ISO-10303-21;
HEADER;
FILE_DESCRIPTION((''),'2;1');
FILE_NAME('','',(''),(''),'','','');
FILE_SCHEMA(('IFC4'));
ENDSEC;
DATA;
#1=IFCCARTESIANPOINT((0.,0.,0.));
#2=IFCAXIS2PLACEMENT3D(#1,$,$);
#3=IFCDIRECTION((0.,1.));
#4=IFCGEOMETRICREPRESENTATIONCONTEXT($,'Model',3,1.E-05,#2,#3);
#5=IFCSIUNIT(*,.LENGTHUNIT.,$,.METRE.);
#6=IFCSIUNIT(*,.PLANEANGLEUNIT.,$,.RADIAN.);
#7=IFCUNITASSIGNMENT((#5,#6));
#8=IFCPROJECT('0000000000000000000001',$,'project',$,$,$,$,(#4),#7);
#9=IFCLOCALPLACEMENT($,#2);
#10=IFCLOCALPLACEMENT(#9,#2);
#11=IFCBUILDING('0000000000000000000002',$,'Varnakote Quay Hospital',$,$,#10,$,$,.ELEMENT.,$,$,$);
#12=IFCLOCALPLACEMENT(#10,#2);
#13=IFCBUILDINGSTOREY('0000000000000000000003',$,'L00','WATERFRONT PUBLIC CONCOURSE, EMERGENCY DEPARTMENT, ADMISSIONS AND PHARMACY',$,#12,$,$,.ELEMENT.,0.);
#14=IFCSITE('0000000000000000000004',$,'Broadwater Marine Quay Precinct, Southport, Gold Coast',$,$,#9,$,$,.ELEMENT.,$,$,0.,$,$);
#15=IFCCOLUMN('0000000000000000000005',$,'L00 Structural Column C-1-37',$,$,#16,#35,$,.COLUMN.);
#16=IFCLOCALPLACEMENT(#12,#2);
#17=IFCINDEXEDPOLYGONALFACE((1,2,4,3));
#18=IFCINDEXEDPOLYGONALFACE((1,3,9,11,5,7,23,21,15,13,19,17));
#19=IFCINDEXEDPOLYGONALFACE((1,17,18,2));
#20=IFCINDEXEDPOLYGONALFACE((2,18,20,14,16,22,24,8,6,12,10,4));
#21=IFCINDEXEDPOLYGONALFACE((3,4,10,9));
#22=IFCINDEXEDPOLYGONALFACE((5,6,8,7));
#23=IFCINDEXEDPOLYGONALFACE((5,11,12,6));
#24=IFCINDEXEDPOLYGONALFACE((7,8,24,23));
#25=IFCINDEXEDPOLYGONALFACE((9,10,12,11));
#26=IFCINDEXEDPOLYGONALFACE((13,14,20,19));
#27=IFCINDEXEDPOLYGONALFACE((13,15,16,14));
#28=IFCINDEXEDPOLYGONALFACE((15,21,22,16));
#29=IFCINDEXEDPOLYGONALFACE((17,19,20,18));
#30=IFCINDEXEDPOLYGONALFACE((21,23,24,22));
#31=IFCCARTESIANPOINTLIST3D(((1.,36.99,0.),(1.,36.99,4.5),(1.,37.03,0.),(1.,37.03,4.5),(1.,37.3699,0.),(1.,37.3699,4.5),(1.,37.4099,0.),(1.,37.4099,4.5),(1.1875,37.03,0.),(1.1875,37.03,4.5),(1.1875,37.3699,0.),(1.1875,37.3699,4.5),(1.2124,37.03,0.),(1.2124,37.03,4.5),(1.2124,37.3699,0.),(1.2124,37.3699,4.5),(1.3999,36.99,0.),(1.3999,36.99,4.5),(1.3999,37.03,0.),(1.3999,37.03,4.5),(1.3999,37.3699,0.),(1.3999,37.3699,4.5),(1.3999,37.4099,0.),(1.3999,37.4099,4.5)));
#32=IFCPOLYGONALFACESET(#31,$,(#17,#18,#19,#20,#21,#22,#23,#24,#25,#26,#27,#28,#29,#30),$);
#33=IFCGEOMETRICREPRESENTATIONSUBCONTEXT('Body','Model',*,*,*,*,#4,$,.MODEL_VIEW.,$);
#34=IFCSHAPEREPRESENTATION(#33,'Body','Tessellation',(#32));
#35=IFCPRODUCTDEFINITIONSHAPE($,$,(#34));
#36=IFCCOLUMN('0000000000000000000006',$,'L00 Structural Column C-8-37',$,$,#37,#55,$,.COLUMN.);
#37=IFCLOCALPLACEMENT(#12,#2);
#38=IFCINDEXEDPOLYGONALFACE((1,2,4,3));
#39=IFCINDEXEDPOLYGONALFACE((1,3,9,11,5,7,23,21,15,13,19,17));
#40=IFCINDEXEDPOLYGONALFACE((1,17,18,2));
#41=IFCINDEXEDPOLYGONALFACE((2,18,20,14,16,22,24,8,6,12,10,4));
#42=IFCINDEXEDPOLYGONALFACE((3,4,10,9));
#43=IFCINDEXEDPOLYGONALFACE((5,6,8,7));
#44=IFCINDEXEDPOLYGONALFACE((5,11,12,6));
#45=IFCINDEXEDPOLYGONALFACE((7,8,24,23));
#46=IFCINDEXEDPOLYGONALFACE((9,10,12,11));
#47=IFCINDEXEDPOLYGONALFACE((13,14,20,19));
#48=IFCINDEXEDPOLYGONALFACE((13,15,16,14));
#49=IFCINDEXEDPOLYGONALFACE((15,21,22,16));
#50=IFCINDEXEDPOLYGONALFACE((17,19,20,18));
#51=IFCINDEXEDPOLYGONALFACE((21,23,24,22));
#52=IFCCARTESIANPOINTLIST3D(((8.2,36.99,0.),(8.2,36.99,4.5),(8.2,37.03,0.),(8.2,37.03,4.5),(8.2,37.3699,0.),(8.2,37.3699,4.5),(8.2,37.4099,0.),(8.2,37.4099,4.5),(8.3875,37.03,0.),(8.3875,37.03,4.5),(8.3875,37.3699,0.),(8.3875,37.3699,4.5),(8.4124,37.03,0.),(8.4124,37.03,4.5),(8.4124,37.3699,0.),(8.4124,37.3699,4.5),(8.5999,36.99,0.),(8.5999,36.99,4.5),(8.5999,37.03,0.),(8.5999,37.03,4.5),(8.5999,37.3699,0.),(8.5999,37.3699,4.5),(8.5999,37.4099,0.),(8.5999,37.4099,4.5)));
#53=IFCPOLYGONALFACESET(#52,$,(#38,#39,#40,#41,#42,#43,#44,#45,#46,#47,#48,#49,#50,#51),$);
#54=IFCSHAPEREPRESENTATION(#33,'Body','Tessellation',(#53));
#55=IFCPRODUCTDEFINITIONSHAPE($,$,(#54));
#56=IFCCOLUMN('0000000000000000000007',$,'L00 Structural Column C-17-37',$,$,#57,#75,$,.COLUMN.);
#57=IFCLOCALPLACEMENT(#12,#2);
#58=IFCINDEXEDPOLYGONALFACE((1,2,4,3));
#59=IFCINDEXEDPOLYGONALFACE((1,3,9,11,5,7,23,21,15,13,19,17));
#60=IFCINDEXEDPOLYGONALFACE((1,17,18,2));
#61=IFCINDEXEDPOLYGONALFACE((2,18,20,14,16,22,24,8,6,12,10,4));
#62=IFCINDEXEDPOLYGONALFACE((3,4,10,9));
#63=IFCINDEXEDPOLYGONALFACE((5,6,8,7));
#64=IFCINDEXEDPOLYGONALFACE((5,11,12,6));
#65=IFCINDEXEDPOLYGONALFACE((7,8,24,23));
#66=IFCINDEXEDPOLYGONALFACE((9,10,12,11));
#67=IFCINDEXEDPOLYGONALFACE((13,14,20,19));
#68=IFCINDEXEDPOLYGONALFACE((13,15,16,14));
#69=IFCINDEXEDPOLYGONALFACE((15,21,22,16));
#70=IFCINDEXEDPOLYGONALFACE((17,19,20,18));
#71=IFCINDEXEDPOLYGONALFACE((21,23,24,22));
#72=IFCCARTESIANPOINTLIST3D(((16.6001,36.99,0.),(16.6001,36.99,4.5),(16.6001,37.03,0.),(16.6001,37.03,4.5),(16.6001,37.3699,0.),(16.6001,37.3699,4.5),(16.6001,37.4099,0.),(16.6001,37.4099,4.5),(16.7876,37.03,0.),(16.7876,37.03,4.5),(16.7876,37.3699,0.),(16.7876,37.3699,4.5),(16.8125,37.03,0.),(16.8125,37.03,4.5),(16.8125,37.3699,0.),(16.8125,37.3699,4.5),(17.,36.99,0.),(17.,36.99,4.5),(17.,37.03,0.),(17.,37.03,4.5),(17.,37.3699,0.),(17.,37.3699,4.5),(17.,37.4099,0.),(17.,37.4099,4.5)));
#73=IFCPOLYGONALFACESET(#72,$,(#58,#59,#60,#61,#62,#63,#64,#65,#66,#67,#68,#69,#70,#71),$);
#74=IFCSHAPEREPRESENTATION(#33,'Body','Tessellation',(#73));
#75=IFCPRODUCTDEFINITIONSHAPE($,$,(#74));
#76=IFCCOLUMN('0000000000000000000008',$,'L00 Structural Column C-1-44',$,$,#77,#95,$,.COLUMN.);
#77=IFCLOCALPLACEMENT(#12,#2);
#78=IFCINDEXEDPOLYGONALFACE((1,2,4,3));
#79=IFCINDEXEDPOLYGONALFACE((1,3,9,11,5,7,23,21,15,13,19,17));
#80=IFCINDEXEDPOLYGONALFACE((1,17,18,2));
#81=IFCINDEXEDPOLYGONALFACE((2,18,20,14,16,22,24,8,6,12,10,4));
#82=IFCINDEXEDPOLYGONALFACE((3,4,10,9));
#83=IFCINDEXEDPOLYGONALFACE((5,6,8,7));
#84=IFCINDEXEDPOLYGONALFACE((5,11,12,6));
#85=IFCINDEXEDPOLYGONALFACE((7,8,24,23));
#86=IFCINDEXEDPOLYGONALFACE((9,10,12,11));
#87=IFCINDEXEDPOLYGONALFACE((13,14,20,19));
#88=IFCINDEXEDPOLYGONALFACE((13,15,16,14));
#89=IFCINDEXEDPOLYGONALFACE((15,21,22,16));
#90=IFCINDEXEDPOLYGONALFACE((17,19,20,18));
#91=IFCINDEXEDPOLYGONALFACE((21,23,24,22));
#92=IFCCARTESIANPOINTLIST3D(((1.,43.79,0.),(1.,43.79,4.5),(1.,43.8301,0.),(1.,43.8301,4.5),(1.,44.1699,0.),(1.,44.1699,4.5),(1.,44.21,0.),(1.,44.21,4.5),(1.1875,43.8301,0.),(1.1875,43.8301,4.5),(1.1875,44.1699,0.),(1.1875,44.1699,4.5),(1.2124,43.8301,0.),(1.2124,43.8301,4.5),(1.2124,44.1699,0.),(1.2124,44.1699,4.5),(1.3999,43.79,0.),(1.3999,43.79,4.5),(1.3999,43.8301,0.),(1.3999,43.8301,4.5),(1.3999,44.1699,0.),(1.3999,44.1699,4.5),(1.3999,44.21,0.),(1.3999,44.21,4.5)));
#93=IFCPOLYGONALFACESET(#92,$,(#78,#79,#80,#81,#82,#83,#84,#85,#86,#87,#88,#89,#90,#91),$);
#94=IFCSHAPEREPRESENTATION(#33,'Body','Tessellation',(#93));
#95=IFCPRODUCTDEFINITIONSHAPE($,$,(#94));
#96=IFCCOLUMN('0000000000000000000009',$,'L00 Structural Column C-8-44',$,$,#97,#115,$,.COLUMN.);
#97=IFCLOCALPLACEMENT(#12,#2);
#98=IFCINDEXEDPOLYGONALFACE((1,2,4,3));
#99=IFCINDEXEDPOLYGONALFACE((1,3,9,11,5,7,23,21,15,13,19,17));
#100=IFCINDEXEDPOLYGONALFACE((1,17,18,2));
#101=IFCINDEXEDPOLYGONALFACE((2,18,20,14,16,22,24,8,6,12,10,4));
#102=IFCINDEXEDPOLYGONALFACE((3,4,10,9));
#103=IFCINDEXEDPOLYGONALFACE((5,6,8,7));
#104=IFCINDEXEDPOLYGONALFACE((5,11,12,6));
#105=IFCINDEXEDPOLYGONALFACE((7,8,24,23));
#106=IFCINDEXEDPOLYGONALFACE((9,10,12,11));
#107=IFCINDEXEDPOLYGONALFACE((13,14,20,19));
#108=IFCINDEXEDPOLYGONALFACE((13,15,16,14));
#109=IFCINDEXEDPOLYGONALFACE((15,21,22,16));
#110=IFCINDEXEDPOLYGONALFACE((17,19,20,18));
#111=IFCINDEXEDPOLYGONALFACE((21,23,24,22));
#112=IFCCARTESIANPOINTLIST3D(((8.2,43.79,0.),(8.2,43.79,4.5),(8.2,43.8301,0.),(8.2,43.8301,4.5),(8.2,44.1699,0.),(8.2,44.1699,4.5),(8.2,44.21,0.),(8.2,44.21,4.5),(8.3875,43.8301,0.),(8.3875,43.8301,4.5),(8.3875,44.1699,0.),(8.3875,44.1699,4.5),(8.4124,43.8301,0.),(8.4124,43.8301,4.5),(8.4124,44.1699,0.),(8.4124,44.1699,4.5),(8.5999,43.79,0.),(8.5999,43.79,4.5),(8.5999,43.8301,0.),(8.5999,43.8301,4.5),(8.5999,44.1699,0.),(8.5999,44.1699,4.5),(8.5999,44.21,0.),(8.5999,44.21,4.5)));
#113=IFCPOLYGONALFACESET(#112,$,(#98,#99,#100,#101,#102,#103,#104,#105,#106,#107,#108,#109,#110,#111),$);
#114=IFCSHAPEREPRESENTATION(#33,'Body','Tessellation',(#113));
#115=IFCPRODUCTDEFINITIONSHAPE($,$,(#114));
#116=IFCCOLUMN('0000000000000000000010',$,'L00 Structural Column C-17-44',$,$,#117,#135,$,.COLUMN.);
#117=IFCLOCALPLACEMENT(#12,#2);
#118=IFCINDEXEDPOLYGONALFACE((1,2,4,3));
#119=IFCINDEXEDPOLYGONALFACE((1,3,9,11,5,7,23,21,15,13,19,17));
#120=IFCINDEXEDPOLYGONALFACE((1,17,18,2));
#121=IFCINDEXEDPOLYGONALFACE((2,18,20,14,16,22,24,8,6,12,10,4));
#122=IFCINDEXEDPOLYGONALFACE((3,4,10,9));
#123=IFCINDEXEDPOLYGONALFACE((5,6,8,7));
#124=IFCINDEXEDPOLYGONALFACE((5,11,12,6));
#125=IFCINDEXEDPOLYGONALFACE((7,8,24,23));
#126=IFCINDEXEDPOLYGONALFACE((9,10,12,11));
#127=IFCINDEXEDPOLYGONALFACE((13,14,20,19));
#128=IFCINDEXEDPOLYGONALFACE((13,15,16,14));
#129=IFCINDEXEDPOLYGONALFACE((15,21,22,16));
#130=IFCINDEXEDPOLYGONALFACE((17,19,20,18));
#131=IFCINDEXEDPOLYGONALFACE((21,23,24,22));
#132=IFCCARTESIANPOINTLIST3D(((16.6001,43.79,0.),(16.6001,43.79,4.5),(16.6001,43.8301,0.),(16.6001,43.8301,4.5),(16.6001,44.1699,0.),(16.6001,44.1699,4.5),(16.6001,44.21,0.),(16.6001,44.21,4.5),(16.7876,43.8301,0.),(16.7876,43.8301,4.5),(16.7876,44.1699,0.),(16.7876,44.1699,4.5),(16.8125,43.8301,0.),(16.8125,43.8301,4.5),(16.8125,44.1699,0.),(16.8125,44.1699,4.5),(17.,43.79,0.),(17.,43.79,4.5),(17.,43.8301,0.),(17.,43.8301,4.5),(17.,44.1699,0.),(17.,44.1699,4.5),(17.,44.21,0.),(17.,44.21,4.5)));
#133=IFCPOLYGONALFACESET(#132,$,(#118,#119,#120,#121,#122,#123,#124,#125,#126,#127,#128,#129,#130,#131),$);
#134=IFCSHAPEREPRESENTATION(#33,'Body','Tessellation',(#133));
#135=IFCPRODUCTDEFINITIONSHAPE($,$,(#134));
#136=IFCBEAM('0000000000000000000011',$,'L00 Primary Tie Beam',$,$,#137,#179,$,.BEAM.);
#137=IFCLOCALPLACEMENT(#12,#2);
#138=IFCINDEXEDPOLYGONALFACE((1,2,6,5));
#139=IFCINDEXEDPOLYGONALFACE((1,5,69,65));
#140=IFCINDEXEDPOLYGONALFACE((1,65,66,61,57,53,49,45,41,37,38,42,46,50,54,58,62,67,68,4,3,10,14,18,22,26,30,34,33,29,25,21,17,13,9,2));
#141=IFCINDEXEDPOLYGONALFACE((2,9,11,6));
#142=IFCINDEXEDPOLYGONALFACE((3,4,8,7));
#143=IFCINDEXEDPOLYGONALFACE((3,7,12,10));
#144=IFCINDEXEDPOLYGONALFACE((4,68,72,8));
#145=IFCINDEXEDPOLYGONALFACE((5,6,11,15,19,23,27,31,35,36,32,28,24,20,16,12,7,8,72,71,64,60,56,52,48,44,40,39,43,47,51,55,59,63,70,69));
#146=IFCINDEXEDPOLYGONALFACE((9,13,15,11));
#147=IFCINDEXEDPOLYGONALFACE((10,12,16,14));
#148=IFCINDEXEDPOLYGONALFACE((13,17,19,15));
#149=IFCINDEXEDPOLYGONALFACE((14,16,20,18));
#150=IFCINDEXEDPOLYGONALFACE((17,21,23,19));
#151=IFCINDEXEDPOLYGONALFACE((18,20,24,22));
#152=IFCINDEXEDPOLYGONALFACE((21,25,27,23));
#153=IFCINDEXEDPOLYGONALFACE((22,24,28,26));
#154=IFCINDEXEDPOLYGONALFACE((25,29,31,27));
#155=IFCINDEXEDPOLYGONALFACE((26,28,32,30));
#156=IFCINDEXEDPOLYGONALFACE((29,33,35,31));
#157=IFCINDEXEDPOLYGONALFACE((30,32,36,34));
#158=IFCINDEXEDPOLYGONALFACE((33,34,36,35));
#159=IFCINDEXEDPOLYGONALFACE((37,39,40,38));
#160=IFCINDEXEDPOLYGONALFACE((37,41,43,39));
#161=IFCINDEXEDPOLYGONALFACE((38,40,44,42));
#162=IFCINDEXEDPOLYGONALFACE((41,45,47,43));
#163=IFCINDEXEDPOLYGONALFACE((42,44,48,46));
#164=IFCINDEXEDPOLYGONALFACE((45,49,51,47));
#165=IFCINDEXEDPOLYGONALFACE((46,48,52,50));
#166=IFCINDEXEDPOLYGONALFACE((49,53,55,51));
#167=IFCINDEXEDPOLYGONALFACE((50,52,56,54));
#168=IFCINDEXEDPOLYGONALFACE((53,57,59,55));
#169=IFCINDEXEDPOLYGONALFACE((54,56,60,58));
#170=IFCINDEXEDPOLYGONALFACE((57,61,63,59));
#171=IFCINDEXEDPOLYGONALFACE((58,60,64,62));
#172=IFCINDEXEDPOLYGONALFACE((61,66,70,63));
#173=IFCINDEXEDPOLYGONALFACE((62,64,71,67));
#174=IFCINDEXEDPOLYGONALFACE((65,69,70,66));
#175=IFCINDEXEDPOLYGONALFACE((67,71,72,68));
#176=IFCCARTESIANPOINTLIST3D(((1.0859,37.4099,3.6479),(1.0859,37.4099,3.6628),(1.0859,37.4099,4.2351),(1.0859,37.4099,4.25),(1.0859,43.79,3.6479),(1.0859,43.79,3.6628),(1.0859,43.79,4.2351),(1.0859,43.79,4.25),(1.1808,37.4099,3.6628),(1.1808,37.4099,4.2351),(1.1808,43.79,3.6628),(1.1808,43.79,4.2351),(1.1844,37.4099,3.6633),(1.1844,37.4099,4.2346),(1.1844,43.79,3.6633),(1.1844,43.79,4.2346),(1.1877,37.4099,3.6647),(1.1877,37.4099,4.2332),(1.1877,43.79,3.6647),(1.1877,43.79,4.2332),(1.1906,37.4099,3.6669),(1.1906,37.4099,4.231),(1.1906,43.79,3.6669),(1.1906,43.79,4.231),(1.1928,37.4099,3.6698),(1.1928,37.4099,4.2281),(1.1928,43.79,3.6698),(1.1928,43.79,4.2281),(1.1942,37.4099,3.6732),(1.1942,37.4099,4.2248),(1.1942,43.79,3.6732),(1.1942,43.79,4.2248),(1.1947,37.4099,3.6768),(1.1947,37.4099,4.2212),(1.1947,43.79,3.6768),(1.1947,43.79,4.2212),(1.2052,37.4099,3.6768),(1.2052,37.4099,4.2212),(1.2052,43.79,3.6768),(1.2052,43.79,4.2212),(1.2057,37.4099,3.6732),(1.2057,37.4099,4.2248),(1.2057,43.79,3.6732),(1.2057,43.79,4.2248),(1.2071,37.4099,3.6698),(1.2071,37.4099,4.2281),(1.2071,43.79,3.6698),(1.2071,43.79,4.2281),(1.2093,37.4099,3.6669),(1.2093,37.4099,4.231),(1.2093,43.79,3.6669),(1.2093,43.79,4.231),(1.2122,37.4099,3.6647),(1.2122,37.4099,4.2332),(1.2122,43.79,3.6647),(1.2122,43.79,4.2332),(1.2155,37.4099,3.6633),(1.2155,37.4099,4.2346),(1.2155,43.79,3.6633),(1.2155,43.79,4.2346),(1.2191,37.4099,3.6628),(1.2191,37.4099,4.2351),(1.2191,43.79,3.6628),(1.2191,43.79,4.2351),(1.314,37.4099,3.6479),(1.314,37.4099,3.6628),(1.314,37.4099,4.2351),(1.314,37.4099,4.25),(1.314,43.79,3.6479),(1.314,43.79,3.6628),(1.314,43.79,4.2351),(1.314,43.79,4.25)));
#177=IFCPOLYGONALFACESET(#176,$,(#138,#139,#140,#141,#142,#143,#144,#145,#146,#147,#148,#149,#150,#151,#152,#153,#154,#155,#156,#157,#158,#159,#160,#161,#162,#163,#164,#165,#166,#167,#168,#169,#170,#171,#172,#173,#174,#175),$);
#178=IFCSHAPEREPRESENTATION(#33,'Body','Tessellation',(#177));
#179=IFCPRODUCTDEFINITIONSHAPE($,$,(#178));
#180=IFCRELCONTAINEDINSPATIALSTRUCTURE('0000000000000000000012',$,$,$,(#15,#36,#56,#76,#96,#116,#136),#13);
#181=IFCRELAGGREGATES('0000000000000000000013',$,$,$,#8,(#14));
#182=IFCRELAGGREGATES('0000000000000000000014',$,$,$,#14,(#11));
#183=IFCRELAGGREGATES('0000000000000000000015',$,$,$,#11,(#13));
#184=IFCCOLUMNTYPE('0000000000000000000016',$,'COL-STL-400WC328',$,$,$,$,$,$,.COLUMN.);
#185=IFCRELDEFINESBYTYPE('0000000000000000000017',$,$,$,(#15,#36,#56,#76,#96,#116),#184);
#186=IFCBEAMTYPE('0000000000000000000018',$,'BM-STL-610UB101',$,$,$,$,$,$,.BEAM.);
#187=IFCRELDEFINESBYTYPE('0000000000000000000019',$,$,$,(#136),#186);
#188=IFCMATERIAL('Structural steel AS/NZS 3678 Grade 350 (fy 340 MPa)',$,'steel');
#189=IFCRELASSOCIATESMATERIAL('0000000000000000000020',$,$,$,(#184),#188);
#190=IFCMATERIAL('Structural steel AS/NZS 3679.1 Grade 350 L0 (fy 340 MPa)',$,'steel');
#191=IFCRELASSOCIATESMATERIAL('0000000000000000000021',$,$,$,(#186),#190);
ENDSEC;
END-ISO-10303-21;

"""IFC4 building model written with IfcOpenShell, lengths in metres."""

from ifc_helpers import new_model, si_unit, direction, frame, origin, origin_2d, place, context, subcontext, project, spatial, i_section, extrude, material, material_profile, profile_set, type_object, element, save


model = new_model("IFC4")

# Units and contexts
model_context = context("Model", 3, precision=1e-05, world=origin(), true_north=direction((0.0, 1.0)))
body_context = subcontext(model_context, "Body", "Model", "MODEL_VIEW")
ifc_project = project(units=[si_unit("LENGTHUNIT", "METRE"), si_unit("PLANEANGLEUNIT", "RADIAN")], contexts=[model_context])

# Site, building, storey
site_placement = place(None, origin())
site = spatial("IfcSite", under=ifc_project, at=site_placement, Name="Broadwater Marine Quay Precinct, Southport, Gold Coast", CompositionType="ELEMENT", RefElevation=0.0)
building_placement = place(site_placement, origin())
building = spatial("IfcBuilding", under=site, at=building_placement, Name="Varnakote Quay Hospital", CompositionType="ELEMENT")
storey_placement = place(building_placement, origin())
storey = spatial("IfcBuildingStorey", under=building, at=storey_placement, Name="L00", Description="WATERFRONT PUBLIC CONCOURSE, EMERGENCY DEPARTMENT, ADMISSIONS AND PHARMACY", CompositionType="ELEMENT", Elevation=0.0)

# Columns
ifc_material_1 = material(Name="Structural steel AS/NZS 3678 Grade 350 (fy 340 MPa)", Category="steel")
ifc_material_profile_1 = material_profile(ifc_material_1, i_section(OverallWidth=0.3999, OverallDepth=0.4199, WebThickness=0.0249, FlangeThickness=0.04, at=origin_2d()), Name="400WC328")
ifc_profile_set_1 = profile_set([ifc_material_profile_1], Name="Structural steel AS/NZS 3678 Grade 350 (fy 340 MPa)")
column_type = type_object("IfcColumnType", Name="COL-STL-400WC328", PredefinedType="COLUMN", material=ifc_profile_set_1)
for number, where, z_axis, x_axis, name in (
    (1, (1.2, 37.2, 0.0), (0.0, 0.0, 1.0), (1.0, 0.0, 0.0), "L00 Structural Column C-1-37"),
    (2, (8.3999, 37.2, 0.0), (0.0, 0.0, 1.0), (1.0, 0.0, 0.0), "L00 Structural Column C-8-37"),
    (3, (16.8, 37.2, 0.0), (0.0, 0.0, 1.0), (1.0, 0.0, 0.0), "L00 Structural Column C-17-37"),
    (4, (1.2, 44.0, 0.0), (0.0, 0.0, 1.0), (1.0, 0.0, 0.0), "L00 Structural Column C-1-44"),
    (5, (8.3999, 44.0, 0.0), (0.0, 0.0, 1.0), (1.0, 0.0, 0.0), "L00 Structural Column C-8-44"),
    (6, (16.8, 44.0, 0.0), (0.0, 0.0, 1.0), (1.0, 0.0, 0.0), "L00 Structural Column C-17-44"),
):
    element("IfcColumn", number, at=place(storey_placement, frame(where, z_axis=z_axis, x_axis=x_axis)), inside=storey, type_object=column_type, Name=name, PredefinedType="COLUMN", context=body_context, shape_type="SweptSolid", body=[
        extrude(i_section(OverallWidth=0.3999, OverallDepth=0.4199, WebThickness=0.0249, FlangeThickness=0.04, at=origin_2d()), origin(), (0.0, 0.0, 1.0), 4.5),
    ])

# Beam
ifc_material_2 = material(Name="Structural steel AS/NZS 3679.1 Grade 350 L0 (fy 340 MPa)", Category="steel")
ifc_material_profile_2 = material_profile(ifc_material_2, i_section(OverallWidth=0.228, OverallDepth=0.6021, WebThickness=0.0105, FlangeThickness=0.0149, FilletRadius=0.0139, at=origin_2d()), Name="610UB101")
ifc_profile_set_2 = profile_set([ifc_material_profile_2], Name="Structural steel AS/NZS 3679.1 Grade 350 L0 (fy 340 MPa)")
beam_type_1 = type_object("IfcBeamType", Name="BM-STL-610UB101", PredefinedType="BEAM", material=ifc_profile_set_2)
for number, where, z_axis, x_axis, name in (
    (7, (1.2, 37.4099, 3.949), (0.0, 1.0, 0.0), (-1.0, 0.0, 0.0), "L00 Primary Tie Beam"),
):
    element("IfcBeam", number, at=place(storey_placement, frame(where, z_axis=z_axis, x_axis=x_axis)), inside=storey, type_object=beam_type_1, Name=name, PredefinedType="BEAM", context=body_context, shape_type="SweptSolid", body=[
        extrude(i_section(OverallWidth=0.228, OverallDepth=0.6021, WebThickness=0.0105, FlangeThickness=0.0149, FilletRadius=0.0139, at=origin_2d()), origin(), (0.0, 0.0, 1.0), 6.3801),
    ])

save(model, "model.ifc")
